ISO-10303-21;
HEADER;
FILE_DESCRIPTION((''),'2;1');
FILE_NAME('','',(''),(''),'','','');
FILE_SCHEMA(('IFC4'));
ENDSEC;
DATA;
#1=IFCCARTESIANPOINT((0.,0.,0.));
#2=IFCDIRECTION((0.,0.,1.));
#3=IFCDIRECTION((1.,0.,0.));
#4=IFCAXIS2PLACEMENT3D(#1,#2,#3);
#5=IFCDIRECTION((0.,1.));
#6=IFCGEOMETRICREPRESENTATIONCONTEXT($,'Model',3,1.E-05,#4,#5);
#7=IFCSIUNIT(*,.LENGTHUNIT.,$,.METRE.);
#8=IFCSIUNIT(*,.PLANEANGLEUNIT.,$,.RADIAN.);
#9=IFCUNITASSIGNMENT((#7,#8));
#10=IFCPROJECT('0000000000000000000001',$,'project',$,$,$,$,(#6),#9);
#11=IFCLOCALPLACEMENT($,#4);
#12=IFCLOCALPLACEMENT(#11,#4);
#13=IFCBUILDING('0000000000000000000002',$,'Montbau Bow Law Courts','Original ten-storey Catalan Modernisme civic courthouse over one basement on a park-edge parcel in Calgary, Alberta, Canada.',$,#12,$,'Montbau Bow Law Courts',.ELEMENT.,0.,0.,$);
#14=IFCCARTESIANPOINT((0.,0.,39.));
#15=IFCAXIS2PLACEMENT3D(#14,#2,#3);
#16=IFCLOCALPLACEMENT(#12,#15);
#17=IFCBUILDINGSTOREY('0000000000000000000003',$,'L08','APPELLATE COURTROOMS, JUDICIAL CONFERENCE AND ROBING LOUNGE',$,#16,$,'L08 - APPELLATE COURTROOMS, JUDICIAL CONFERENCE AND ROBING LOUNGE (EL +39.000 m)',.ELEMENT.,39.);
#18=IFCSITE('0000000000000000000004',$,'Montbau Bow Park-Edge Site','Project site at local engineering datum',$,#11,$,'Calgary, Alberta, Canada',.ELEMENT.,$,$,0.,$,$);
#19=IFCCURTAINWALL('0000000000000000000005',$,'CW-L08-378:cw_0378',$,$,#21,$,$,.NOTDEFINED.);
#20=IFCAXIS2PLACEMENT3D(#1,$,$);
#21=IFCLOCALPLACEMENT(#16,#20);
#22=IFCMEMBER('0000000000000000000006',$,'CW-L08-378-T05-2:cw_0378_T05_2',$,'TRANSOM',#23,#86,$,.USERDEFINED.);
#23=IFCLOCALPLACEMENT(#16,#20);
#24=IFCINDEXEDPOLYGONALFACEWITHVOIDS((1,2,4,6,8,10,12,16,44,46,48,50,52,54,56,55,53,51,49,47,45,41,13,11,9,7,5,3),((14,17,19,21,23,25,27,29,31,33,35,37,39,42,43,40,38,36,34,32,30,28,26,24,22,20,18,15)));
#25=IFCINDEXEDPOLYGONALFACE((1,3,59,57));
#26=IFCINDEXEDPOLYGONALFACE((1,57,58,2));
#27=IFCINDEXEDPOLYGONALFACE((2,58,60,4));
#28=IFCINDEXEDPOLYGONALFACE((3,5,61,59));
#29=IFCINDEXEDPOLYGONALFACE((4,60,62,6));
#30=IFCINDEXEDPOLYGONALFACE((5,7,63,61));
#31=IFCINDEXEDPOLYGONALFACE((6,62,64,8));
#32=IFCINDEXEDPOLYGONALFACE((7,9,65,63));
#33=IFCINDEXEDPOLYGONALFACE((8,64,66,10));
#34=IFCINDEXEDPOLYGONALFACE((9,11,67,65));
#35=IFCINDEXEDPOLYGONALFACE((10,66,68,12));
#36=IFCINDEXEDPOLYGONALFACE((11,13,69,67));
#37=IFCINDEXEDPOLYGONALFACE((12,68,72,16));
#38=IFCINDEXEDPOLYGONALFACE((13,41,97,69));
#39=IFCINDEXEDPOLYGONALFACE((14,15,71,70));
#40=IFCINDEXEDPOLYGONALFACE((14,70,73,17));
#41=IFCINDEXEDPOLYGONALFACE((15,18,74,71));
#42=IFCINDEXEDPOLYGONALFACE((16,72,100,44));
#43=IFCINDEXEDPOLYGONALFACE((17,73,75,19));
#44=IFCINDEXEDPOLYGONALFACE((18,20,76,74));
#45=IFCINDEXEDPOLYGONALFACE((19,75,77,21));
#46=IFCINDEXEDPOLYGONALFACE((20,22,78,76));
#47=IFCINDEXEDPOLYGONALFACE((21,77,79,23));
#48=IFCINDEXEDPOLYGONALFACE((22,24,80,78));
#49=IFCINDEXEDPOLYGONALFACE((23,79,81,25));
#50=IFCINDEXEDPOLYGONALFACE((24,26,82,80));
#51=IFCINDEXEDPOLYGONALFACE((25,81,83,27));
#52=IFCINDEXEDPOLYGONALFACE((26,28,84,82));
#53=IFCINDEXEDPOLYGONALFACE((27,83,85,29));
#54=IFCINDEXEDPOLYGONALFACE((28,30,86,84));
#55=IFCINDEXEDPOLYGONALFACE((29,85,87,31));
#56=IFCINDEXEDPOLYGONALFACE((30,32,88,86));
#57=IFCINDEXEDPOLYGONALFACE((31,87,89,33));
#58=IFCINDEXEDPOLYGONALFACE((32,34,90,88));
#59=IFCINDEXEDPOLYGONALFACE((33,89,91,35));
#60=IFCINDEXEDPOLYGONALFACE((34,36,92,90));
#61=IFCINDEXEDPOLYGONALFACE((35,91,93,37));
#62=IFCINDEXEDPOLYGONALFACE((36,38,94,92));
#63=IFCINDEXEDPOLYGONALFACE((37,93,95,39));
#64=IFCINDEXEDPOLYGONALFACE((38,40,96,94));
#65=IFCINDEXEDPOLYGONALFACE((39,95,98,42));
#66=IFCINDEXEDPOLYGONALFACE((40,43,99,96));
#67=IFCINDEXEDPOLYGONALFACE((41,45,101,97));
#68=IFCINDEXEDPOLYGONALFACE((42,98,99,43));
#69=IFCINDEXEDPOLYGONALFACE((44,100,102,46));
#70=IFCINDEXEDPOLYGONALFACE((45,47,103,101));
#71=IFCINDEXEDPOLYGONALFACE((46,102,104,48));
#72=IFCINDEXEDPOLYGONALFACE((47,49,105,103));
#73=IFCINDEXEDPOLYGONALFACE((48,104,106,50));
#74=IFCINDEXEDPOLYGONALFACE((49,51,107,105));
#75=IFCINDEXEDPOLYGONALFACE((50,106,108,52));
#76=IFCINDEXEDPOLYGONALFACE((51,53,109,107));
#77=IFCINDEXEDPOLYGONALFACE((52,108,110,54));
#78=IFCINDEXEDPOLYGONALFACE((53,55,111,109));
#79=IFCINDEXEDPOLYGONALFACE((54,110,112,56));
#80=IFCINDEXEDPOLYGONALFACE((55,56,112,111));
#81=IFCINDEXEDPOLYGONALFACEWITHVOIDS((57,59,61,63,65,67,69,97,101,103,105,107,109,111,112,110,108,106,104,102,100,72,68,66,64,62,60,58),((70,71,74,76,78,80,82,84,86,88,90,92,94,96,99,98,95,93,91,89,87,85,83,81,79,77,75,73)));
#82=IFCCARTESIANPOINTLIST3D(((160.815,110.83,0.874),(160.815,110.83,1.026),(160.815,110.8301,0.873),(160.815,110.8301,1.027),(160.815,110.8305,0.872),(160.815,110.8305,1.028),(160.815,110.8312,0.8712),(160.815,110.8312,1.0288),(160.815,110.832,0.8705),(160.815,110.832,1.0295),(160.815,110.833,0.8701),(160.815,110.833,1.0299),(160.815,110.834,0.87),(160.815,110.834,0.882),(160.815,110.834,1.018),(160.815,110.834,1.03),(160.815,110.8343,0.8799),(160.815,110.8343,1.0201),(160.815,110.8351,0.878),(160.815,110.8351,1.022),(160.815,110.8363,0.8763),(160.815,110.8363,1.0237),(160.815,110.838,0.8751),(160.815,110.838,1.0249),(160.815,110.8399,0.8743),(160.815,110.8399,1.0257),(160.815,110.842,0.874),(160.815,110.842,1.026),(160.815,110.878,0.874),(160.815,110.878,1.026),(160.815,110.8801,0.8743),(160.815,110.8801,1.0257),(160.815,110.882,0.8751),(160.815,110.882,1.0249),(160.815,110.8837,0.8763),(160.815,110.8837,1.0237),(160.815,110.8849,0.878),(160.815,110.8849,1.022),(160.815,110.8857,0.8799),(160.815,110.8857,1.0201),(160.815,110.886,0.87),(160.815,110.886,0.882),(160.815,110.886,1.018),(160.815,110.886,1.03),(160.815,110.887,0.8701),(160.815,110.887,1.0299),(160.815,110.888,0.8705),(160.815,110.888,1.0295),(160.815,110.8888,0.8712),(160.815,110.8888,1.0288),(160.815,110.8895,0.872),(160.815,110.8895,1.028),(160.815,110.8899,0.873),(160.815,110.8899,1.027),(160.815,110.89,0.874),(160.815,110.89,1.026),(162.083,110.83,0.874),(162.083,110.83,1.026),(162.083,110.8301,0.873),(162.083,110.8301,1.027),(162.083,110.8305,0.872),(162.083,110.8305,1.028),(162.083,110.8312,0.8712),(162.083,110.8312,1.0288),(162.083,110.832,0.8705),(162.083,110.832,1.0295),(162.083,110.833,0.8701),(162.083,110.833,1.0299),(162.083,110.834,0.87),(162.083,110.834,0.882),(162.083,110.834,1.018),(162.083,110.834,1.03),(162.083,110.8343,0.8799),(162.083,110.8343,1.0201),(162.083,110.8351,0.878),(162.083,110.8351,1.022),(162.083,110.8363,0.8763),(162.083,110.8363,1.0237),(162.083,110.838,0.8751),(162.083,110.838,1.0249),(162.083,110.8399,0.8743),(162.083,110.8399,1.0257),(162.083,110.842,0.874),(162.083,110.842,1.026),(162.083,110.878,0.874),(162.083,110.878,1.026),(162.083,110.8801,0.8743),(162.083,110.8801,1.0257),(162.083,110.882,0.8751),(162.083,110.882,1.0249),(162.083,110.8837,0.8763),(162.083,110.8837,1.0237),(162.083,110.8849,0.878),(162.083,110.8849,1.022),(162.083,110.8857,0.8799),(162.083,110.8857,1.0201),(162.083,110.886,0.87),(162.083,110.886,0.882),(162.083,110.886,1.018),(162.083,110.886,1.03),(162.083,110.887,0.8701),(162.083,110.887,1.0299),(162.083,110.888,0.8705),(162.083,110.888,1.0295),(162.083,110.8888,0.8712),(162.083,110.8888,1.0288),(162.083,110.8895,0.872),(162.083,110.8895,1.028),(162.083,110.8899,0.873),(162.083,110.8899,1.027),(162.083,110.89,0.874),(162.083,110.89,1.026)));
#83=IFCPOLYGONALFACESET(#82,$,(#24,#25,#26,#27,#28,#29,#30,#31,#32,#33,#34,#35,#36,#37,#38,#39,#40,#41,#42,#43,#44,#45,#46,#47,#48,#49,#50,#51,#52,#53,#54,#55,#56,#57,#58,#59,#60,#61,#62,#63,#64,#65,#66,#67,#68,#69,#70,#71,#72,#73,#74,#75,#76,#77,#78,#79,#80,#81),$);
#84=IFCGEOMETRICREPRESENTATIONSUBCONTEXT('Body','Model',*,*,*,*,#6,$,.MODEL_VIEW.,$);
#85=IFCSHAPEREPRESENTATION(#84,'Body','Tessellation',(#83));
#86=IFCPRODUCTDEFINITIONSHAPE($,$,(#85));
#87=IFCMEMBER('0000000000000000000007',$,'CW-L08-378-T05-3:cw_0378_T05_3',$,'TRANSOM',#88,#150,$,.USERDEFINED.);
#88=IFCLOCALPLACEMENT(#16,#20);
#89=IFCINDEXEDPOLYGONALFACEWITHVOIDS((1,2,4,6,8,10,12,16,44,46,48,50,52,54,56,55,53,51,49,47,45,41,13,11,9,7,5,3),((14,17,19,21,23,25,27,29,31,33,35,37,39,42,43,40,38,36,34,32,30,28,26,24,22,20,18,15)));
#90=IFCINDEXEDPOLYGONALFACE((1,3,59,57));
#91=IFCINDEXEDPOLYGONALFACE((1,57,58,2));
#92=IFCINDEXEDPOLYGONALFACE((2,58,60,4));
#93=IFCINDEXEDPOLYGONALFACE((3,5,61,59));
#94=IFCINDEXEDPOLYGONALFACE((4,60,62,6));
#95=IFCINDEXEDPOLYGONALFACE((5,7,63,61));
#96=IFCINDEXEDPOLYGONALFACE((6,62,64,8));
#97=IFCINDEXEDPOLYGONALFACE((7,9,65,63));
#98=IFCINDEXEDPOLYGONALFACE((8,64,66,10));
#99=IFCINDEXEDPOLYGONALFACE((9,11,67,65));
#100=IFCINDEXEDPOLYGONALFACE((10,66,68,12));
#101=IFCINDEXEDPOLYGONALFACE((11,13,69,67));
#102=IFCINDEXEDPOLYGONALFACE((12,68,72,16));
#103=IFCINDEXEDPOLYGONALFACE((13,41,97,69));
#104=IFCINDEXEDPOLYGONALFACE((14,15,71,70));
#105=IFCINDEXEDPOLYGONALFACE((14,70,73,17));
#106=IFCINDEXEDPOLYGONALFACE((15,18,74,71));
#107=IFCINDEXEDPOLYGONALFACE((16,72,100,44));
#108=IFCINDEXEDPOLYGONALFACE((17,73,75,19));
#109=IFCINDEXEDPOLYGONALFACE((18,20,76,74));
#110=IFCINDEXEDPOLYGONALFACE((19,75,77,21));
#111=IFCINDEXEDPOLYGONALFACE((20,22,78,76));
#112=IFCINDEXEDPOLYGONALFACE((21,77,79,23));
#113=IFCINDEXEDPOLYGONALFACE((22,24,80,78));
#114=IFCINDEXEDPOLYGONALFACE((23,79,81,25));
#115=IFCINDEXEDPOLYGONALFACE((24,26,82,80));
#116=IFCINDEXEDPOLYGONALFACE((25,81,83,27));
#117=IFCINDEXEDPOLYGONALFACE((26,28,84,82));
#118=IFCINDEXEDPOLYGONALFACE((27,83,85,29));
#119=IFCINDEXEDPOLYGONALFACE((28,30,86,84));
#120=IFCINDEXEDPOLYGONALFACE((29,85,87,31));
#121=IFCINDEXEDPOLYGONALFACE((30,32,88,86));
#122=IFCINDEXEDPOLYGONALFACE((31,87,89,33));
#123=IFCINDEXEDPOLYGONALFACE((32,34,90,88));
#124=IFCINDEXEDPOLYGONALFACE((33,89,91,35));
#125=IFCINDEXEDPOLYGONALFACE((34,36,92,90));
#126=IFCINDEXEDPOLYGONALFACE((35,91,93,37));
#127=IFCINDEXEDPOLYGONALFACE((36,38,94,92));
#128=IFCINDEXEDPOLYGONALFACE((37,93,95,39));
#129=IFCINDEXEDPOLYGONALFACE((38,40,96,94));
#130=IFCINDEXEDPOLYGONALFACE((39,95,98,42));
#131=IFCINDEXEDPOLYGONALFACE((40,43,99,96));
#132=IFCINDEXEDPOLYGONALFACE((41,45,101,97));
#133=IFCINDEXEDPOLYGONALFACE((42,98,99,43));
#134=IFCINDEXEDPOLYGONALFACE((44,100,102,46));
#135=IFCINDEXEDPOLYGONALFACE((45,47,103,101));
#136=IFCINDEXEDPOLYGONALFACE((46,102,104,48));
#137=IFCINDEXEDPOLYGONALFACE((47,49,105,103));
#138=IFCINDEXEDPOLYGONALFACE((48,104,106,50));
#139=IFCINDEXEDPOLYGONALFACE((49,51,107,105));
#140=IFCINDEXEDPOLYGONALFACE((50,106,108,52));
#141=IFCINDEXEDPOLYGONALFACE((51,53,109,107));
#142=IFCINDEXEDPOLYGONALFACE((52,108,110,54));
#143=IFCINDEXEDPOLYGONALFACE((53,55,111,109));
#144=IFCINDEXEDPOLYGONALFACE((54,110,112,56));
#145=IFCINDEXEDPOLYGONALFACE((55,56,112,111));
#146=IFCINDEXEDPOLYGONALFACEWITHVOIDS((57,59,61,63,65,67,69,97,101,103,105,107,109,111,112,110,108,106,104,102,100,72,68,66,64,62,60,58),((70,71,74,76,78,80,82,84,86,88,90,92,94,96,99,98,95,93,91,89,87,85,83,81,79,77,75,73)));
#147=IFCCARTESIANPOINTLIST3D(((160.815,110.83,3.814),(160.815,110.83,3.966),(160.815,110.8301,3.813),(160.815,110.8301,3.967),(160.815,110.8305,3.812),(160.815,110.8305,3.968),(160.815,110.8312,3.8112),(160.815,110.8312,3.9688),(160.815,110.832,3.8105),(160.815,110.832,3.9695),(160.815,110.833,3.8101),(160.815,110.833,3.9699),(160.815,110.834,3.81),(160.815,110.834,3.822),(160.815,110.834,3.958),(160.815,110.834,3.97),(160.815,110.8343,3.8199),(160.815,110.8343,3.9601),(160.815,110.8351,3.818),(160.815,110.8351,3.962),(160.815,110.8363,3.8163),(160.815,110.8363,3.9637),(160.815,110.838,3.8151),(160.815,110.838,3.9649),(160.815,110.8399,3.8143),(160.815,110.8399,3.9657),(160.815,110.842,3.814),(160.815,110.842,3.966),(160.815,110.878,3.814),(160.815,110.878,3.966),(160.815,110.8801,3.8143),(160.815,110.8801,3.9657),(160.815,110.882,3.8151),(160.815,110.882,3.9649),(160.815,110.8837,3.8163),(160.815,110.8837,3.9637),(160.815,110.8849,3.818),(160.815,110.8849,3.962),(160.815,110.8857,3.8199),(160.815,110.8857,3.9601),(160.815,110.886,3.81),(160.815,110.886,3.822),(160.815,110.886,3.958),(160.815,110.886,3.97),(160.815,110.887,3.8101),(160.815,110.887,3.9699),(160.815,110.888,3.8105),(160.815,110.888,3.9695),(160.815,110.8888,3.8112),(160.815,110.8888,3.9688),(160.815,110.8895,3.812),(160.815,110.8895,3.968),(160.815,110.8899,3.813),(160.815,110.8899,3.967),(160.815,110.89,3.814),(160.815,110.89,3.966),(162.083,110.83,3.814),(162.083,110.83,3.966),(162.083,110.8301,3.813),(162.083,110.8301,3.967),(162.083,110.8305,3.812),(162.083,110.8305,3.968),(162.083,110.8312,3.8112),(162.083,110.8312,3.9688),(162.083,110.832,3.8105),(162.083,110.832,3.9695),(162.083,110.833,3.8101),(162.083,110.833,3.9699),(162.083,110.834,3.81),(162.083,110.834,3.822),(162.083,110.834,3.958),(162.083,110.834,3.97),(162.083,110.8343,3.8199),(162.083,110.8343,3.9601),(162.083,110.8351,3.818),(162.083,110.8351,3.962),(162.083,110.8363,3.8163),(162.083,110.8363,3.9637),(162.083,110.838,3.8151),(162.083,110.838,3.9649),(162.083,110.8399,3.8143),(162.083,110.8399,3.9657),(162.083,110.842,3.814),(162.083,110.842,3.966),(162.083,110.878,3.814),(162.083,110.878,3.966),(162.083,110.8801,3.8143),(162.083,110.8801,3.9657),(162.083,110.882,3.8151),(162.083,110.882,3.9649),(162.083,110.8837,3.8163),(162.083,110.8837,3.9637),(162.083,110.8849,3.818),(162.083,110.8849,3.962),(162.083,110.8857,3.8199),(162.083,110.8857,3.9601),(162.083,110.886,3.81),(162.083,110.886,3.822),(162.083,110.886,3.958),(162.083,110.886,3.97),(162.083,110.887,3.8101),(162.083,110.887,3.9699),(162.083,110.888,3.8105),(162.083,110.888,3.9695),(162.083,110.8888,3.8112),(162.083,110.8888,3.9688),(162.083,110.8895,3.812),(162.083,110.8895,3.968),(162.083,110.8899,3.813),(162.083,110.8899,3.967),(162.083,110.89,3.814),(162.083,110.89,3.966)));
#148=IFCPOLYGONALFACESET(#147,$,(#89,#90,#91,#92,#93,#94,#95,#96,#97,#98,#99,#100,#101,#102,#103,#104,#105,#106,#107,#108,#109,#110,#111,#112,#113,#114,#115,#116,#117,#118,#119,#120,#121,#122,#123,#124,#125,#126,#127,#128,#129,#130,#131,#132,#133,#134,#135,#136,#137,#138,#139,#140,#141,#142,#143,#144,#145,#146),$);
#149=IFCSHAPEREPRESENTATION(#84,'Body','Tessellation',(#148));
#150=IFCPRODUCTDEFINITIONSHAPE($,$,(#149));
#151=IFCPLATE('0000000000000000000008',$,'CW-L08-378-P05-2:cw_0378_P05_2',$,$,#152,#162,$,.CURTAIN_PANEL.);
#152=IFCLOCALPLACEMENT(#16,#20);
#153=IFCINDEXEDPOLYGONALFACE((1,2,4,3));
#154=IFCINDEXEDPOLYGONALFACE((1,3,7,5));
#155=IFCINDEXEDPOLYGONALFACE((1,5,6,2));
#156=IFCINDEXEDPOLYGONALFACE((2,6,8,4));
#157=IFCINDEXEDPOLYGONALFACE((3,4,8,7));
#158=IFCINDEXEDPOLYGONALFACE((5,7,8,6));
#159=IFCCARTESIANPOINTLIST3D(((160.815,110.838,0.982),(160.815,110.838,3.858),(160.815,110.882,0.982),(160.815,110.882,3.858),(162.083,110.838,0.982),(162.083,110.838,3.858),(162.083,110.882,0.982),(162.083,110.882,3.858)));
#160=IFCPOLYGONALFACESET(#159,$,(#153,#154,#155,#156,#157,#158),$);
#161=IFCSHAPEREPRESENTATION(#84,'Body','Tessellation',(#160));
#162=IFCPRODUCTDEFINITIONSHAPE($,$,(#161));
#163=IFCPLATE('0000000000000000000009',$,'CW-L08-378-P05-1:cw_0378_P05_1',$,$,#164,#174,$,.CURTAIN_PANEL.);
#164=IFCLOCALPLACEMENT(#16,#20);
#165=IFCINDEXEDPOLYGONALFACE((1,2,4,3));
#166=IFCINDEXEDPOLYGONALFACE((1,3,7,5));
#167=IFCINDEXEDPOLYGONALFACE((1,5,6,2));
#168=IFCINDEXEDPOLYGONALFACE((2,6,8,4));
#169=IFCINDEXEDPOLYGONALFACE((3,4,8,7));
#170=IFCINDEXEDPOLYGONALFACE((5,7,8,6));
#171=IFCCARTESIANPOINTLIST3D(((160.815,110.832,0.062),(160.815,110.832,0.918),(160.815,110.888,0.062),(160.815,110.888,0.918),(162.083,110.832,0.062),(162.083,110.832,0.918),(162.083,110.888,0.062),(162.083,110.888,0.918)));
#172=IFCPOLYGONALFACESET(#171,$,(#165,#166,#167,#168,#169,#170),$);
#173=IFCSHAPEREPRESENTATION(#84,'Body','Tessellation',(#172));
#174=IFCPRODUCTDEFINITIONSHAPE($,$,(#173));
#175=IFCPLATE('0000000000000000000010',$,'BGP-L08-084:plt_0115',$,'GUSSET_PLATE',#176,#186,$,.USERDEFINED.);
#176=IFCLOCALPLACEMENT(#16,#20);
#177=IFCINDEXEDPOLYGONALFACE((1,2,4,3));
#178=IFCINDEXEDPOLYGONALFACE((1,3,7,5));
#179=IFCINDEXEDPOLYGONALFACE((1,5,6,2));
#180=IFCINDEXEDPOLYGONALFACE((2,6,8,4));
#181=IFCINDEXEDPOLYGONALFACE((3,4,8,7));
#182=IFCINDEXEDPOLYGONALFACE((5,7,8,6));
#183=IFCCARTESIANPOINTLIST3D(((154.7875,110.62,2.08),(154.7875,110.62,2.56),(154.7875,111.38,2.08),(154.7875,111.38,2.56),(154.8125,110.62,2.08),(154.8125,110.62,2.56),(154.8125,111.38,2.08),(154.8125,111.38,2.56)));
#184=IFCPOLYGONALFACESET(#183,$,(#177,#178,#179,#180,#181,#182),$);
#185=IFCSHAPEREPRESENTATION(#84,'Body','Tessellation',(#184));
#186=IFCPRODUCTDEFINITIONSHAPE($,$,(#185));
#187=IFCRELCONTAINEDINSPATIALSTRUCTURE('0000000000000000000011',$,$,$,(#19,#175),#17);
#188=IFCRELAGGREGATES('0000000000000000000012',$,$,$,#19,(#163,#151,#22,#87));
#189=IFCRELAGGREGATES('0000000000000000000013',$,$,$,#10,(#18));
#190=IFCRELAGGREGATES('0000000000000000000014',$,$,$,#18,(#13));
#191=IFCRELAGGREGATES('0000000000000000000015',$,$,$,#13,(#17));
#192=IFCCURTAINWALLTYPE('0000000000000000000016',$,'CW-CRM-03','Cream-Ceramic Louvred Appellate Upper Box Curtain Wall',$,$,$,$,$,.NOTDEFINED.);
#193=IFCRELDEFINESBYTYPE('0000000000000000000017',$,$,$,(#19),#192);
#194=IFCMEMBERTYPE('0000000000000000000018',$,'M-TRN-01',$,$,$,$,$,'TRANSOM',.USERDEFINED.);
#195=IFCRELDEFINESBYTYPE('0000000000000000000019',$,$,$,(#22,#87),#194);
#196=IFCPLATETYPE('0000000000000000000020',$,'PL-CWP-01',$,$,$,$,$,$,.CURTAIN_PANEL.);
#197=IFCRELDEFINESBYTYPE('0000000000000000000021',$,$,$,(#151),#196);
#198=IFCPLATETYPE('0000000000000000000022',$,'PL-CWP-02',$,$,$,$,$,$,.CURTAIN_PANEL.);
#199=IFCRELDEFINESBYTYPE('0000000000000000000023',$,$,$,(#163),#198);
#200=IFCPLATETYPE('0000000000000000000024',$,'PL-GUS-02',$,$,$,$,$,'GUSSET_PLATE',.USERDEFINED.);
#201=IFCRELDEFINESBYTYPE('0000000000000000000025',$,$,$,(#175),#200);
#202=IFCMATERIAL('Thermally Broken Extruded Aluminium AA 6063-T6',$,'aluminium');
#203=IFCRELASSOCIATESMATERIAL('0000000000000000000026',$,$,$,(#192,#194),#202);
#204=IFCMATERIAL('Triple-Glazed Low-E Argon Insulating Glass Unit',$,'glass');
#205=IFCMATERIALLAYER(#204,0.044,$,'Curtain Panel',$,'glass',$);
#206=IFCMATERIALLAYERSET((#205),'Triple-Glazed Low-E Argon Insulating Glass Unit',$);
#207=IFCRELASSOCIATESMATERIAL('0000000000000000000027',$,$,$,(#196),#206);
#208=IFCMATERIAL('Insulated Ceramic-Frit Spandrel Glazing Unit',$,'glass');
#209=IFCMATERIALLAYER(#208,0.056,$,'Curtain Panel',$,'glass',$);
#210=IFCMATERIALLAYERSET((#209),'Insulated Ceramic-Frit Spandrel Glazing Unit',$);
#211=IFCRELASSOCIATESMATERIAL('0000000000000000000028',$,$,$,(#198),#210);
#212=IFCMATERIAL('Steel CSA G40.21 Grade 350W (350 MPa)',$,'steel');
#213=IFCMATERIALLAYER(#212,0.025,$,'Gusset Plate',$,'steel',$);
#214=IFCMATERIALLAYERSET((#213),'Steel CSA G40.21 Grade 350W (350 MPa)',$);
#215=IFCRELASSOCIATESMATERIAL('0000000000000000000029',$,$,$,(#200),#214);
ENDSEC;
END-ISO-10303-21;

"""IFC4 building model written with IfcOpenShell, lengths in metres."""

from ifc_helpers import new_model, si_unit, direction, frame, frame_2d, origin_with_axes, origin_2d_with_axis, place, context, subcontext, project, spatial, rectangle, hollow_rectangle, extrude, material, layer, layer_set, material_profile, profile_set, type_object, element, aggregate, save


model = new_model("IFC4")

# Units and contexts
model_context = context("Model", 3, precision=1e-05, world=origin_with_axes(), true_north=direction((0.0, 1.0)))
body_context = subcontext(model_context, "Body", "Model", "MODEL_VIEW")
ifc_project = project(units=[si_unit("LENGTHUNIT", "METRE"), si_unit("PLANEANGLEUNIT", "RADIAN")], contexts=[model_context])

# Site, building, storey
site_placement = place(None, origin_with_axes())
site = spatial("IfcSite", under=ifc_project, at=site_placement, Name="Montbau Bow Park-Edge Site", Description="Project site at local engineering datum", LongName="Calgary, Alberta, Canada", CompositionType="ELEMENT", RefElevation=0.0)
building_placement = place(site_placement, origin_with_axes())
building = spatial("IfcBuilding", under=site, at=building_placement, Name="Montbau Bow Law Courts", Description="Original ten-storey Catalan Modernisme civic courthouse over one basement on a park-edge parcel in Calgary, Alberta, Canada.", LongName="Montbau Bow Law Courts", CompositionType="ELEMENT", ElevationOfRefHeight=0.0, ElevationOfTerrain=0.0)
storey_placement = place(building_placement, frame((0.0, 0.0, 39.0), z_axis=(0.0, 0.0, 1.0), x_axis=(1.0, 0.0, 0.0)))
storey = spatial("IfcBuildingStorey", under=building, at=storey_placement, Name="L08", Description="APPELLATE COURTROOMS, JUDICIAL CONFERENCE AND ROBING LOUNGE", LongName="L08 - APPELLATE COURTROOMS, JUDICIAL CONFERENCE AND ROBING LOUNGE (EL +39.000 m)", CompositionType="ELEMENT", Elevation=39.0)

# Curtain wall, members, plates
ifc_material_1 = material(Name="Thermally Broken Extruded Aluminium AA 6063-T6", Category="aluminium")
curtain_wall_type = type_object("IfcCurtainWallType", Name="CW-CRM-03", Description="Cream-Ceramic Louvred Appellate Upper Box Curtain Wall", PredefinedType="NOTDEFINED", material=ifc_material_1)
curtain_wall_placement = place(None, frame((155.24, 110.86, 39.0), z_axis=(0.0, 0.0, 1.0), x_axis=(1.0, 0.0, 0.0)))
curtain_wall = element("IfcCurtainWall", 1, at=curtain_wall_placement, inside=storey, type_object=curtain_wall_type, Name="CW-L08-378:cw_0378", PredefinedType="NOTDEFINED")
ifc_material_profile_1 = material_profile(ifc_material_1, hollow_rectangle(XDim=0.06, YDim=0.16, WallThickness=0.004, InnerFilletRadius=0.008, OuterFilletRadius=0.004, at=origin_2d_with_axis()), Name="CWT-160X60", Category="Main", Priority=0)
ifc_profile_set_1 = profile_set([ifc_material_profile_1], Name="Thermally Broken Extruded Aluminium AA 6063-T6")
member_type_1 = type_object("IfcMemberType", Name="M-TRN-01", ElementType="TRANSOM", PredefinedType="USERDEFINED", material=ifc_profile_set_1)
member_1_placement = place(None, frame((160.815, 110.86, 39.95), z_axis=(1.0, 0.0, 0.0), x_axis=(0.0, 1.0, 0.0)))
member_1 = element("IfcMember", 2, at=member_1_placement, type_object=member_type_1, Name="CW-L08-378-T05-2:cw_0378_T05_2", ObjectType="TRANSOM", PredefinedType="USERDEFINED", context=body_context, shape_type="SweptSolid", body=[
    extrude(hollow_rectangle(XDim=0.06, YDim=0.16, WallThickness=0.004, InnerFilletRadius=0.008, OuterFilletRadius=0.004, at=origin_2d_with_axis()), origin_with_axes(), (0.0, 0.0, 1.0), 1.268),
])
member_2_placement = place(None, frame((160.815, 110.86, 42.89), z_axis=(1.0, 0.0, 0.0), x_axis=(0.0, 1.0, 0.0)))
member_2 = element("IfcMember", 3, at=member_2_placement, type_object=member_type_1, Name="CW-L08-378-T05-3:cw_0378_T05_3", ObjectType="TRANSOM", PredefinedType="USERDEFINED", context=body_context, shape_type="SweptSolid", body=[
    extrude(hollow_rectangle(XDim=0.06, YDim=0.16, WallThickness=0.004, InnerFilletRadius=0.008, OuterFilletRadius=0.004, at=origin_2d_with_axis()), origin_with_axes(), (0.0, 0.0, 1.0), 1.268),
])
ifc_material_2 = material(Name="Triple-Glazed Low-E Argon Insulating Glass Unit", Category="glass")
ifc_layer_1 = layer(ifc_material_2, 0.044, Name="Curtain Panel", Category="glass")
ifc_layer_set_1 = layer_set([ifc_layer_1], Name="Triple-Glazed Low-E Argon Insulating Glass Unit")
plate_type_1 = type_object("IfcPlateType", Name="PL-CWP-01", PredefinedType="CURTAIN_PANEL", material=ifc_layer_set_1)
plate_1_placement = place(None, frame((160.815, 110.86, 39.982), z_axis=(0.0, -1.0, 0.0), x_axis=(1.0, 0.0, 0.0)))
plate_1 = element("IfcPlate", 4, at=plate_1_placement, type_object=plate_type_1, Name="CW-L08-378-P05-2:cw_0378_P05_2", PredefinedType="CURTAIN_PANEL", context=body_context, shape_type="SweptSolid", body=[
    extrude(rectangle(XDim=1.268, YDim=2.876, at=frame_2d((0.634, 1.438), x_axis=(1.0, 0.0))), frame((0.0, 0.0, -0.022), z_axis=(0.0, 0.0, 1.0), x_axis=(1.0, 0.0, 0.0)), (0.0, 0.0, 1.0), 0.044),
])
ifc_material_3 = material(Name="Insulated Ceramic-Frit Spandrel Glazing Unit", Category="glass")
ifc_layer_2 = layer(ifc_material_3, 0.056, Name="Curtain Panel", Category="glass")
ifc_layer_set_2 = layer_set([ifc_layer_2], Name="Insulated Ceramic-Frit Spandrel Glazing Unit")
plate_type_2 = type_object("IfcPlateType", Name="PL-CWP-02", PredefinedType="CURTAIN_PANEL", material=ifc_layer_set_2)
plate_2_placement = place(None, frame((160.815, 110.86, 39.062), z_axis=(0.0, -1.0, 0.0), x_axis=(1.0, 0.0, 0.0)))
plate_2 = element("IfcPlate", 5, at=plate_2_placement, type_object=plate_type_2, Name="CW-L08-378-P05-1:cw_0378_P05_1", PredefinedType="CURTAIN_PANEL", context=body_context, shape_type="SweptSolid", body=[
    extrude(rectangle(XDim=1.268, YDim=0.856, at=frame_2d((0.634, 0.428), x_axis=(1.0, 0.0))), frame((0.0, 0.0, -0.028), z_axis=(0.0, 0.0, 1.0), x_axis=(1.0, 0.0, 0.0)), (0.0, 0.0, 1.0), 0.056),
])
aggregate(curtain_wall, [plate_2, plate_1, member_1, member_2])

# Plate
ifc_material_4 = material(Name="Steel CSA G40.21 Grade 350W (350 MPa)", Category="steel")
ifc_layer_3 = layer(ifc_material_4, 0.025, Name="Gusset Plate", Category="steel")
ifc_layer_set_3 = layer_set([ifc_layer_3], Name="Steel CSA G40.21 Grade 350W (350 MPa)")
plate_type_3 = type_object("IfcPlateType", Name="PL-GUS-02", ElementType="GUSSET_PLATE", PredefinedType="USERDEFINED", material=ifc_layer_set_3)
for number, where, z_axis, x_axis, name in (
    (6, (154.8, 111.0, 41.08), (0.0, 0.0, 1.0), (0.0, 1.0, 0.0), "BGP-L08-084:plt_0115"),
):
    element("IfcPlate", number, at=place(None, frame(where, z_axis=z_axis, x_axis=x_axis)), inside=storey, type_object=plate_type_3, Name=name, ObjectType="GUSSET_PLATE", PredefinedType="USERDEFINED", context=body_context, shape_type="SweptSolid", body=[
        extrude(rectangle(XDim=0.76, YDim=0.025, at=origin_2d_with_axis()), origin_with_axes(), (0.0, 0.0, 1.0), 0.48),
    ])

save(model, "model.ifc")
